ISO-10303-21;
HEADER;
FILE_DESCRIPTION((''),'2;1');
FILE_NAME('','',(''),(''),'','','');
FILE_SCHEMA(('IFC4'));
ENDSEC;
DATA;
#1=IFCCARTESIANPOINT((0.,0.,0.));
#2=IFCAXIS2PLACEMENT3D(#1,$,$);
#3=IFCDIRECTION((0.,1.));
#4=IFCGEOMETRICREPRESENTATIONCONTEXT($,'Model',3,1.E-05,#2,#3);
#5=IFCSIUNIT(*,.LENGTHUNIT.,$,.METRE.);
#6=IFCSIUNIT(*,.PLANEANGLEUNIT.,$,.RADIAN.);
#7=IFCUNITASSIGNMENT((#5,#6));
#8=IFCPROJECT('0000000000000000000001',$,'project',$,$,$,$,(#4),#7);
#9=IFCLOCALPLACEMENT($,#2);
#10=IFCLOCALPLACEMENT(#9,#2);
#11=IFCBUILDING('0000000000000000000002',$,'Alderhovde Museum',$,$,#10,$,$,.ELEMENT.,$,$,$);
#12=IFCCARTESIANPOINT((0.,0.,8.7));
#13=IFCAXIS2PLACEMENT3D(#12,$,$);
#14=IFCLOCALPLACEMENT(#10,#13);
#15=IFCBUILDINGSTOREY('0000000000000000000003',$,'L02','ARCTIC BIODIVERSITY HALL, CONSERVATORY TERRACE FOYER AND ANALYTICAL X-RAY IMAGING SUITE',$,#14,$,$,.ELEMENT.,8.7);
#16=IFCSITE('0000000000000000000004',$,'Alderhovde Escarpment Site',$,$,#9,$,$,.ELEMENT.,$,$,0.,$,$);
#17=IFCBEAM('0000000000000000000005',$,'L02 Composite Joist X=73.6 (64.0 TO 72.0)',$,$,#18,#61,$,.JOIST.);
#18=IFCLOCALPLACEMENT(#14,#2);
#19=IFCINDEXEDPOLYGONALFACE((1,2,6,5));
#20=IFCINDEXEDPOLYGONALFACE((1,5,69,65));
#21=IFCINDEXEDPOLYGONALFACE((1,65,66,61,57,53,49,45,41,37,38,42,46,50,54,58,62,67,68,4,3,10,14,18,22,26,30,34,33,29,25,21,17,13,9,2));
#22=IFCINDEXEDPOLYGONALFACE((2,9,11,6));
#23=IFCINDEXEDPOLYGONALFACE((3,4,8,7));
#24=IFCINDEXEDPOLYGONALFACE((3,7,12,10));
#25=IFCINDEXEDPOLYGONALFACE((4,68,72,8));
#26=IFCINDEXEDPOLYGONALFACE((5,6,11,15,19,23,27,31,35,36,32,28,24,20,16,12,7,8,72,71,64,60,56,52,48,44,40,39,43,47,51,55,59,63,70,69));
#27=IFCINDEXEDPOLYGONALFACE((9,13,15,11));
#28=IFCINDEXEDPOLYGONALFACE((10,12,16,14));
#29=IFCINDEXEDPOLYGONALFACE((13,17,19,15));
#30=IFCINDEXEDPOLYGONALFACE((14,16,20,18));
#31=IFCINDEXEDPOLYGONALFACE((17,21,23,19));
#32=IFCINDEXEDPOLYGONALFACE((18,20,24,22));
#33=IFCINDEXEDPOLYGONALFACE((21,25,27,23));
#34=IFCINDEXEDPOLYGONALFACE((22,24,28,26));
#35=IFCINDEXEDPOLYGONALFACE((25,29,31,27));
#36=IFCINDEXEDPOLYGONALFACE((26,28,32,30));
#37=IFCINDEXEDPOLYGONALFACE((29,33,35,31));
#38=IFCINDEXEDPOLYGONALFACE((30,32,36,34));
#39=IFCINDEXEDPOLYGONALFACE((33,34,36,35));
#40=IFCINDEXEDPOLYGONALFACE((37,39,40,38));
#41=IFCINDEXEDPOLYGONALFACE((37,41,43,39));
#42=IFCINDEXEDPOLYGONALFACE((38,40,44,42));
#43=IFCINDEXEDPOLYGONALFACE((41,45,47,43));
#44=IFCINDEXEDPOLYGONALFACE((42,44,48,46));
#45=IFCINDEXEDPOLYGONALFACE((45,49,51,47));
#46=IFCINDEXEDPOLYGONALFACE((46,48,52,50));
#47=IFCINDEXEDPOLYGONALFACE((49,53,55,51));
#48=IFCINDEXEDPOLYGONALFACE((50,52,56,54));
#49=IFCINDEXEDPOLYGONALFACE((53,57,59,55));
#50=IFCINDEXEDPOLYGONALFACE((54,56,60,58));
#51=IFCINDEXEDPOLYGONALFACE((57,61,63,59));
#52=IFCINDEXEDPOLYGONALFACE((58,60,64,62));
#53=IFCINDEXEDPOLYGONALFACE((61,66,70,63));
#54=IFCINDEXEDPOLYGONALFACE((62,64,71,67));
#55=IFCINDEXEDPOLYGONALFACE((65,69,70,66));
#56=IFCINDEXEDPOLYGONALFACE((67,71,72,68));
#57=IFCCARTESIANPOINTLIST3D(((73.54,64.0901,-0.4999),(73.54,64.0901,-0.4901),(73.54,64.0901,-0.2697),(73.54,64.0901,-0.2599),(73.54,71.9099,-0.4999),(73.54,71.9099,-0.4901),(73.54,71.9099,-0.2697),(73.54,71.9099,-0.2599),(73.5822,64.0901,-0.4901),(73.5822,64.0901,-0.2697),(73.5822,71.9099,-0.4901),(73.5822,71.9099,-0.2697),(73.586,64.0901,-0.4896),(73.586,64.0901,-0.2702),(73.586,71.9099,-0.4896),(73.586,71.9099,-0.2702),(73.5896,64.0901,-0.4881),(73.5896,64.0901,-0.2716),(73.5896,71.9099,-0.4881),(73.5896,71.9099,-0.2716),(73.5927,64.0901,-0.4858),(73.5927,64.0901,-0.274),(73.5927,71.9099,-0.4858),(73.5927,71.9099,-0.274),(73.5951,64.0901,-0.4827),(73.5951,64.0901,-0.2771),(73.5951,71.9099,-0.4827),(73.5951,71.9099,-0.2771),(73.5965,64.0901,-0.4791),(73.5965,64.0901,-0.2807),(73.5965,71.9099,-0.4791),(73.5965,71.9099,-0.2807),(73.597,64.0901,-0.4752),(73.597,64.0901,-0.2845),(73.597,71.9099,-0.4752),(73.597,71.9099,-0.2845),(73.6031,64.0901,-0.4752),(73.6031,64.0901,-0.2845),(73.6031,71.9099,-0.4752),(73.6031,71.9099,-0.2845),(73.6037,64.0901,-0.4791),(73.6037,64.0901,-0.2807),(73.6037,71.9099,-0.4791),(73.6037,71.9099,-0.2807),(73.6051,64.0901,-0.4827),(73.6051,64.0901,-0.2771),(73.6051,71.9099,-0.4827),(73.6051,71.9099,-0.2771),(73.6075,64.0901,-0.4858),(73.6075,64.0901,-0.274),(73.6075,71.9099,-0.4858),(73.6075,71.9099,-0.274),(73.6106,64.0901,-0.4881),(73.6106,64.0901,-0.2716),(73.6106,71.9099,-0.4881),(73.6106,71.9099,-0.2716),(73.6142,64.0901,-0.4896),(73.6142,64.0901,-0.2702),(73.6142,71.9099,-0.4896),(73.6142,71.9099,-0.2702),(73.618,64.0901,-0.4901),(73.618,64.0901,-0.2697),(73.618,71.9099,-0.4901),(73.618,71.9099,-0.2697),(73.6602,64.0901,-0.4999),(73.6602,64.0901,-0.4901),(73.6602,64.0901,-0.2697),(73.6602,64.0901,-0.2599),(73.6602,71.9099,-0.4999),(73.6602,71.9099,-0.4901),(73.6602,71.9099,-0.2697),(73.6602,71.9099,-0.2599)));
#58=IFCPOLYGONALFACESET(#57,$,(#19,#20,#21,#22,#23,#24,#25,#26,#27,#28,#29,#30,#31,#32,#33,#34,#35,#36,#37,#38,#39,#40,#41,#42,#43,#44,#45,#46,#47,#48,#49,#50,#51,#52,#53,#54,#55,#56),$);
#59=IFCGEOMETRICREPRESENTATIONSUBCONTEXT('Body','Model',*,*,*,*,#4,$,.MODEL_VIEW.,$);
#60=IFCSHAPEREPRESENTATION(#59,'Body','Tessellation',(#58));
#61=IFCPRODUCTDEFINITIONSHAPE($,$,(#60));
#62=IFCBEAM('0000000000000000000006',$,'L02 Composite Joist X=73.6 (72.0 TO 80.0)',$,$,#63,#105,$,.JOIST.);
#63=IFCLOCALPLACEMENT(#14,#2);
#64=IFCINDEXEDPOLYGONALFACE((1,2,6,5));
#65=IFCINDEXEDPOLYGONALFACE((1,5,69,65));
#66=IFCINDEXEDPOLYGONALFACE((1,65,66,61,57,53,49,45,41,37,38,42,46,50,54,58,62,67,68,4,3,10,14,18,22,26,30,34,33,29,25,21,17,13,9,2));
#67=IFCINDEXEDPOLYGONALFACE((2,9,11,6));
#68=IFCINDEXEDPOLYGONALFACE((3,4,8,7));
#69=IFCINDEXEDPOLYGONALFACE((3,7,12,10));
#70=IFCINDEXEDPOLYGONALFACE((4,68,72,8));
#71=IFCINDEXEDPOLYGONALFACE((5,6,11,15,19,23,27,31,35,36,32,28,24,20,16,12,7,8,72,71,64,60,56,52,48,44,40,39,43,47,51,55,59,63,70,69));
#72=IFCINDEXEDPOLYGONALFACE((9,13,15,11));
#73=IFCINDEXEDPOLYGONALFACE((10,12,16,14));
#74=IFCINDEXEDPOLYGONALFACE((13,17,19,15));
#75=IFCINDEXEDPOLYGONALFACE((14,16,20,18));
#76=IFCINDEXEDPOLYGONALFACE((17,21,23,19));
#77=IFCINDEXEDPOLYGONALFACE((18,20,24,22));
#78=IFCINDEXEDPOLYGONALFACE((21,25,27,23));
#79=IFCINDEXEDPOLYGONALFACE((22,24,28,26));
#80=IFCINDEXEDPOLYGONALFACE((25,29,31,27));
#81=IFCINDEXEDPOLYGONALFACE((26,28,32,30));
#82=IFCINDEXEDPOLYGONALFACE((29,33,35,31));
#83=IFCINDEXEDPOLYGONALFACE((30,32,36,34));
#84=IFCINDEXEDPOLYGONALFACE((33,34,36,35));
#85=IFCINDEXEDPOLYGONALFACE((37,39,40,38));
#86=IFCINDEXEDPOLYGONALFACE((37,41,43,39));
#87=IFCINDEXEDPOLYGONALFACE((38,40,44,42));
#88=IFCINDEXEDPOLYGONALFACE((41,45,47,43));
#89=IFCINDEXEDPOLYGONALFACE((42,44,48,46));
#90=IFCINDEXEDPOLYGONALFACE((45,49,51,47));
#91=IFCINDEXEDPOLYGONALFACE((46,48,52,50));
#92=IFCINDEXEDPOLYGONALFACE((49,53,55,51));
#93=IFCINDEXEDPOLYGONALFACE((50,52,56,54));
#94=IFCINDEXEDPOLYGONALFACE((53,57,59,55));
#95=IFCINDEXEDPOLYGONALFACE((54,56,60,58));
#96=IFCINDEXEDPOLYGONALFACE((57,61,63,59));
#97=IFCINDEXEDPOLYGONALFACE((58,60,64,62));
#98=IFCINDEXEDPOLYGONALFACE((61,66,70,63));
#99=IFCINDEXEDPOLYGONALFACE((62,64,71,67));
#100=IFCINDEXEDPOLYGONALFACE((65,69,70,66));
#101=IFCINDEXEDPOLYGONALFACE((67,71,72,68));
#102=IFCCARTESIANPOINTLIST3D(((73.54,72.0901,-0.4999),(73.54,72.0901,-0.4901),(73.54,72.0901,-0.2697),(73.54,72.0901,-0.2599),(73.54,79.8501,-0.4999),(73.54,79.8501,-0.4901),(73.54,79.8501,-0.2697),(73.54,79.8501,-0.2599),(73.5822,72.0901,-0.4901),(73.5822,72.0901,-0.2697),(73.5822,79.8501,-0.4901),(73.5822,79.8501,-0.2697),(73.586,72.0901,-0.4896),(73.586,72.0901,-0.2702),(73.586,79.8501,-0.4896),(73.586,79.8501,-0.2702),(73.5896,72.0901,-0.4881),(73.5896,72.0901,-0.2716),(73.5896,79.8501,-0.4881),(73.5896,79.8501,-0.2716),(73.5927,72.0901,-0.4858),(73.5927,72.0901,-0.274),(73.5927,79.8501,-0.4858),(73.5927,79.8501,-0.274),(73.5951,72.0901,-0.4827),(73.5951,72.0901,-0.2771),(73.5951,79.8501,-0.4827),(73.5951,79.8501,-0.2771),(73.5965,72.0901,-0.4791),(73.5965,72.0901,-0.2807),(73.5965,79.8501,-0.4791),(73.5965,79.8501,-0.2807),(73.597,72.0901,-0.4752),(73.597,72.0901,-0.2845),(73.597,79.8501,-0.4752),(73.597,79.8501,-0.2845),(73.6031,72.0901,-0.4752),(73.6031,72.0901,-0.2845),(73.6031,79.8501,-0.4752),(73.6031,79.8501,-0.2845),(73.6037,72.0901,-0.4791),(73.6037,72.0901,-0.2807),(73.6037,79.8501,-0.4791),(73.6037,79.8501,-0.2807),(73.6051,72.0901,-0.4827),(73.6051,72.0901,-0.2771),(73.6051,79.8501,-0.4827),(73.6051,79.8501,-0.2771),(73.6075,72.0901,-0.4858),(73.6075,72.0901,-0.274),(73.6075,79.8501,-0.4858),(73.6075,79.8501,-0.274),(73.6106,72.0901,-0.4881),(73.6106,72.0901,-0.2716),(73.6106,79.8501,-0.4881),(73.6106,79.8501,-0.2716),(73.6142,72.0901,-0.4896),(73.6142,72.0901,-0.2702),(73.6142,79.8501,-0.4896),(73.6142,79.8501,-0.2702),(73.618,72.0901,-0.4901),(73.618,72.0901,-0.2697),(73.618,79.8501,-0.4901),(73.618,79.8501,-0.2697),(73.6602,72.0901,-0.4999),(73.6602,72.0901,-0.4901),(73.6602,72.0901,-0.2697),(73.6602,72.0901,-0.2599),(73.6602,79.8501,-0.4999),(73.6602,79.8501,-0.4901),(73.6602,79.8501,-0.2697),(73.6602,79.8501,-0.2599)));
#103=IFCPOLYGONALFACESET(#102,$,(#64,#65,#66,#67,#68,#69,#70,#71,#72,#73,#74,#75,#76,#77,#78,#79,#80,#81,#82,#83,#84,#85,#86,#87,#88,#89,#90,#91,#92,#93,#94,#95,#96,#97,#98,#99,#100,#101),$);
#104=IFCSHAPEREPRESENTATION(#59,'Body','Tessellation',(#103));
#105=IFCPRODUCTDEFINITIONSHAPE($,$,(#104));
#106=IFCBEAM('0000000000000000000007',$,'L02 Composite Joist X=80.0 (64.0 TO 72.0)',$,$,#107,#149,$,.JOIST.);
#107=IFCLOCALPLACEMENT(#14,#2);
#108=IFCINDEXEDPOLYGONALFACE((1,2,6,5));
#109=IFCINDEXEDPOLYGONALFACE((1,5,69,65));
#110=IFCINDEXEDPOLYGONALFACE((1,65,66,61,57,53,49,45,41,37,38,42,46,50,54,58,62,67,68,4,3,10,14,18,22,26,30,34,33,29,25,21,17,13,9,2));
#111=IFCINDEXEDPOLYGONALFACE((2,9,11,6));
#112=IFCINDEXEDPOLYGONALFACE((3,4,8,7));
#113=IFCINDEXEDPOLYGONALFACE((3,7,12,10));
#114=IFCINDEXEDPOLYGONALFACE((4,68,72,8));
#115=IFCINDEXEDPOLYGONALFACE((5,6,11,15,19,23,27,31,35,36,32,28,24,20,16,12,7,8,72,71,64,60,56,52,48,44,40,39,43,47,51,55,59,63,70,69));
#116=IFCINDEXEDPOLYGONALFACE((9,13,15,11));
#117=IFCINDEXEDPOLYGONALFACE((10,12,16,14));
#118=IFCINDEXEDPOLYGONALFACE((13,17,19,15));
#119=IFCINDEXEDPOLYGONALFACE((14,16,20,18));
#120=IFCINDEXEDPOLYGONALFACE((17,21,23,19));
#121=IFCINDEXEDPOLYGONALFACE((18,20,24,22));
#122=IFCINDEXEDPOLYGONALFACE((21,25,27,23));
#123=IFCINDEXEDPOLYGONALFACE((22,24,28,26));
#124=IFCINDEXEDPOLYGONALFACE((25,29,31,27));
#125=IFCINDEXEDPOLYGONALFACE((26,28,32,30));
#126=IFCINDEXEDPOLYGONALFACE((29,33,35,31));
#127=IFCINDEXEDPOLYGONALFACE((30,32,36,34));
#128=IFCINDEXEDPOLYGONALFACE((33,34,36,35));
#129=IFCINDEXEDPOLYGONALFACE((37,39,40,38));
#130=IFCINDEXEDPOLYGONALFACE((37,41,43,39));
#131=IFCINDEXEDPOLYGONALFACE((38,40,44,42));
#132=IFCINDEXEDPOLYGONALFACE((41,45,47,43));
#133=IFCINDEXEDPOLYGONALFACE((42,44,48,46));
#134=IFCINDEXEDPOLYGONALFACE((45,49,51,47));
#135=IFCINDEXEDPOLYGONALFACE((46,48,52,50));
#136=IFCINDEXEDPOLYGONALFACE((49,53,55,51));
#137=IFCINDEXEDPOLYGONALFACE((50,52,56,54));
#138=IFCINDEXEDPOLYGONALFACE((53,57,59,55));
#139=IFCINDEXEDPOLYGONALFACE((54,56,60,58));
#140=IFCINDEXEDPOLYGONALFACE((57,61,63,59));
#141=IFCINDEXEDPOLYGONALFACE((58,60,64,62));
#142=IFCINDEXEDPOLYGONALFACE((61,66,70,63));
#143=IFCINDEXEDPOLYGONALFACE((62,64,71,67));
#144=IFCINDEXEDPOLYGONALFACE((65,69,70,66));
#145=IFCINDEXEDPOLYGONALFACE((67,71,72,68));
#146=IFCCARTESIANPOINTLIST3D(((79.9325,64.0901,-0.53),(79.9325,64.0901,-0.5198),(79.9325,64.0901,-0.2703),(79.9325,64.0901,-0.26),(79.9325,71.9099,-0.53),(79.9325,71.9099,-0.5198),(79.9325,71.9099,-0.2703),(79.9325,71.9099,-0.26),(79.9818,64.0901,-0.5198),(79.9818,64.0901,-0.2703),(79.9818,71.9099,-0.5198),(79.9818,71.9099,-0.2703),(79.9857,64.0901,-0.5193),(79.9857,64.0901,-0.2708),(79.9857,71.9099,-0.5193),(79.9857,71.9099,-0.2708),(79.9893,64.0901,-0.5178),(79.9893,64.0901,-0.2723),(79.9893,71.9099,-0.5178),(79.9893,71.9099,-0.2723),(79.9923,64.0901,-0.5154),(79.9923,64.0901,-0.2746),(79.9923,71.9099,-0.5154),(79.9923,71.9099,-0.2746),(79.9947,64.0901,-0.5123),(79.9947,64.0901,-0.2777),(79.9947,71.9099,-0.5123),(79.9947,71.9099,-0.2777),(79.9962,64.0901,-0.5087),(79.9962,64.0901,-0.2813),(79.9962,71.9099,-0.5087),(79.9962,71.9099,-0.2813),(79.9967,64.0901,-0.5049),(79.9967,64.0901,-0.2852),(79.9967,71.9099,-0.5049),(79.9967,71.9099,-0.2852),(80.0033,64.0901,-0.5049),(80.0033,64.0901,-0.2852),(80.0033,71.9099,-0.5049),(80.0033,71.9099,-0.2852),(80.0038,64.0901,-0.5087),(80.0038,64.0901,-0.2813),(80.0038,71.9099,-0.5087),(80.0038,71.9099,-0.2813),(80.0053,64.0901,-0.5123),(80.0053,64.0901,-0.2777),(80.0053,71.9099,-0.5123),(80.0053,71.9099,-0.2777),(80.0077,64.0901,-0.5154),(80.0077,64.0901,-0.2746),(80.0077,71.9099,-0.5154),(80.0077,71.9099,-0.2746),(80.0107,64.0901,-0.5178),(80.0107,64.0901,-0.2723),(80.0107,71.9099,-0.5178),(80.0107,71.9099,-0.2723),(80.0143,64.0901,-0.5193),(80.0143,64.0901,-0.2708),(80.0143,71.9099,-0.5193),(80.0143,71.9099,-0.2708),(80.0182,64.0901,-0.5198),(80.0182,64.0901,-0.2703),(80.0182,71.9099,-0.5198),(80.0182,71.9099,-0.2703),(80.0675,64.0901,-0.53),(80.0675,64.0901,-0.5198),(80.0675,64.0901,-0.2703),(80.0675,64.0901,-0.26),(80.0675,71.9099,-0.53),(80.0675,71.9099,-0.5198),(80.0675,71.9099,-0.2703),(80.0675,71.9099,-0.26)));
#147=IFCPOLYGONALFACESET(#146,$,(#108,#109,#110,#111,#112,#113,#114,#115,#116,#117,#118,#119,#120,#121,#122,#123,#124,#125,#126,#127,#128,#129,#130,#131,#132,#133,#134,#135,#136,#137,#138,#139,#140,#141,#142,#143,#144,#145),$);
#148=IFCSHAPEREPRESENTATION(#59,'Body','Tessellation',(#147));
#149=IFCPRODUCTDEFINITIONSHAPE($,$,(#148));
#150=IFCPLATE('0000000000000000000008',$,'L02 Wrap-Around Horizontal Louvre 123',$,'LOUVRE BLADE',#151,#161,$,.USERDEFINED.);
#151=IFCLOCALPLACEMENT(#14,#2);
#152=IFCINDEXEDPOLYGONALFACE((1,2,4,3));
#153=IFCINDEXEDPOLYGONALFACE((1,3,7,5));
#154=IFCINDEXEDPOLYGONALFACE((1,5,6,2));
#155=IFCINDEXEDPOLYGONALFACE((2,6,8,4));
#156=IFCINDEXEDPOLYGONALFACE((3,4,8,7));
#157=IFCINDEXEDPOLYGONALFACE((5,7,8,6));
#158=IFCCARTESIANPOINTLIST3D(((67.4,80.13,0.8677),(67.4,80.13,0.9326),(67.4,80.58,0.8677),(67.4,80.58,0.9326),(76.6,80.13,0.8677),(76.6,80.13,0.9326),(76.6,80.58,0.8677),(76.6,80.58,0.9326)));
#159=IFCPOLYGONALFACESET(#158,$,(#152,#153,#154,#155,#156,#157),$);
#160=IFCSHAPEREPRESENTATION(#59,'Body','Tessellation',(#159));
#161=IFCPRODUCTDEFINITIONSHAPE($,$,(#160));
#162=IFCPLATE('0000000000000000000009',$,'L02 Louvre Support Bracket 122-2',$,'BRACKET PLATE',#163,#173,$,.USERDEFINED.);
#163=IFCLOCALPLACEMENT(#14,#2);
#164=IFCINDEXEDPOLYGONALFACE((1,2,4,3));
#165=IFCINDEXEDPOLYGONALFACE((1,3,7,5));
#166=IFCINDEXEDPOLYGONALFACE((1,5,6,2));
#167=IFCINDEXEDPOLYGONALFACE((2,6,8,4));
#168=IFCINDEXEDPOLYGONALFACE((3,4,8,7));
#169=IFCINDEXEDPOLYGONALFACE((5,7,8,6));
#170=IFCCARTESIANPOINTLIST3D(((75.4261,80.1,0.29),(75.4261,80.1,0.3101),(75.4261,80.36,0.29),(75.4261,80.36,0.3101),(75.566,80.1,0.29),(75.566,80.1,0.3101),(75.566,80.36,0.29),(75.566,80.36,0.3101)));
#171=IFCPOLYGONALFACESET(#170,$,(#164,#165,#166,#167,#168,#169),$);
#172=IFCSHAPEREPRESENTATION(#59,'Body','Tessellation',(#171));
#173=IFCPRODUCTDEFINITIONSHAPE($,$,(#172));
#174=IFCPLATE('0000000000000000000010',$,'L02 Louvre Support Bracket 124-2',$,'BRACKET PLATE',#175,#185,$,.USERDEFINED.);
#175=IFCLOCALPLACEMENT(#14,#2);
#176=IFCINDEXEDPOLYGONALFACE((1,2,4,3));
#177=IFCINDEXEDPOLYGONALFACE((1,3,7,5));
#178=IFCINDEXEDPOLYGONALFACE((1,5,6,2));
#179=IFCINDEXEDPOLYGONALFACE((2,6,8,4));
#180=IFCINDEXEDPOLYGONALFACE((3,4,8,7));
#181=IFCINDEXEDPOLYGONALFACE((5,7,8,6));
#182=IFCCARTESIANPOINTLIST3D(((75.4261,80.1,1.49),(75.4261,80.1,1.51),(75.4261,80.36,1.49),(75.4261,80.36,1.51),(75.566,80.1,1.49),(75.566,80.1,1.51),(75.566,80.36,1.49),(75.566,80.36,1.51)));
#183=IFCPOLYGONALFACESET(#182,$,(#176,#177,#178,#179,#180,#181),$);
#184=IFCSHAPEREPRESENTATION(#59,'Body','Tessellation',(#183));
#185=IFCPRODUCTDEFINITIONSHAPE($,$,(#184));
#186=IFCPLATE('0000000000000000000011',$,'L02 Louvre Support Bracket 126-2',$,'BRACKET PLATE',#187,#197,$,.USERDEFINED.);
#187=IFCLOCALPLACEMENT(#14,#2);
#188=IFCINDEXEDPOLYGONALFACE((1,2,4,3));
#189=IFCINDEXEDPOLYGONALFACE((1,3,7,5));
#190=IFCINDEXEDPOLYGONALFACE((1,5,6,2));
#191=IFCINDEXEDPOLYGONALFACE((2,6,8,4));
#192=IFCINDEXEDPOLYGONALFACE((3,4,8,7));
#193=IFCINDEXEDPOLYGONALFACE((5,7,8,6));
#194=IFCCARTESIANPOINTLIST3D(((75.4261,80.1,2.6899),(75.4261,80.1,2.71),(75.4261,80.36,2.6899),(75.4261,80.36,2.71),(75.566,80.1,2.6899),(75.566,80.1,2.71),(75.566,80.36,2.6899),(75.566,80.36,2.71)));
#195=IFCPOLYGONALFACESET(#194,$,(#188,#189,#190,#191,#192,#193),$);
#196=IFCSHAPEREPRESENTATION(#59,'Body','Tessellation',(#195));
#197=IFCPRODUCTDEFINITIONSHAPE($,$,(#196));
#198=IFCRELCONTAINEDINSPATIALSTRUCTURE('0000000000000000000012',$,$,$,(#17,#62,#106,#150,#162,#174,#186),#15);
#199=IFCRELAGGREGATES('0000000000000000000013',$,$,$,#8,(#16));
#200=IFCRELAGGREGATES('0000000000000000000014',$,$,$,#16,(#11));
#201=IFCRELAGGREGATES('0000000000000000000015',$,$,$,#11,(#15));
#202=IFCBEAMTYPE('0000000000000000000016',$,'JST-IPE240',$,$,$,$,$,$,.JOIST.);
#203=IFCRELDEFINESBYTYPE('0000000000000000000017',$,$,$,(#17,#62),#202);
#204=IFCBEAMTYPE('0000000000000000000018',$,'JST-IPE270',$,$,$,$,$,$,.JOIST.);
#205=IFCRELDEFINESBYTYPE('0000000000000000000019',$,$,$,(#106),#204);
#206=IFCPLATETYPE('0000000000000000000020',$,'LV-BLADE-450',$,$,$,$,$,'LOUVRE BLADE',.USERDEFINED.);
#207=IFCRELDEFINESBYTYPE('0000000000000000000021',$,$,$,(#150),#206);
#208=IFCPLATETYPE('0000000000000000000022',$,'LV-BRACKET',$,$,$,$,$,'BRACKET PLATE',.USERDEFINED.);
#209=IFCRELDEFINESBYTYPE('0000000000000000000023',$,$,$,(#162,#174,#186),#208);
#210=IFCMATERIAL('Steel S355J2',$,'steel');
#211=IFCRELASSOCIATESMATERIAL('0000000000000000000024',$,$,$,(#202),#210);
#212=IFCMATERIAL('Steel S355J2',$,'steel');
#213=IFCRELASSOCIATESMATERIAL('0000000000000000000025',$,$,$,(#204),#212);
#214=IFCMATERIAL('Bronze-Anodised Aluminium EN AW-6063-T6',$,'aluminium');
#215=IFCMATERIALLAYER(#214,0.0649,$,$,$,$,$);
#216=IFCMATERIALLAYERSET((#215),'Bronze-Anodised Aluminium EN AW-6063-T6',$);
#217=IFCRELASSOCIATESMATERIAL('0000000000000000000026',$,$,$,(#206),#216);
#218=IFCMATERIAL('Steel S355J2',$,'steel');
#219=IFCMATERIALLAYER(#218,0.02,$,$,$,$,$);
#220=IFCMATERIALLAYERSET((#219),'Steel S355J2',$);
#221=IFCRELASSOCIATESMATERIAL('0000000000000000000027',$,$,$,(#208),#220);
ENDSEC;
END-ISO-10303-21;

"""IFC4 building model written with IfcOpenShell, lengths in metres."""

from ifc_helpers import new_model, si_unit, direction, frame, origin, origin_2d, place, context, subcontext, project, spatial, rectangle, i_section, extrude, material, layer, layer_set, material_profile, profile_set, type_object, element, save


model = new_model("IFC4")

# Units and contexts
model_context = context("Model", 3, precision=1e-05, world=origin(), true_north=direction((0.0, 1.0)))
body_context = subcontext(model_context, "Body", "Model", "MODEL_VIEW")
ifc_project = project(units=[si_unit("LENGTHUNIT", "METRE"), si_unit("PLANEANGLEUNIT", "RADIAN")], contexts=[model_context])

# Site, building, storey
site_placement = place(None, origin())
site = spatial("IfcSite", under=ifc_project, at=site_placement, Name="Alderhovde Escarpment Site", CompositionType="ELEMENT", RefElevation=0.0)
building_placement = place(site_placement, origin())
building = spatial("IfcBuilding", under=site, at=building_placement, Name="Alderhovde Museum", CompositionType="ELEMENT")
storey_placement = place(building_placement, frame((0.0, 0.0, 8.7)))
storey = spatial("IfcBuildingStorey", under=building, at=storey_placement, Name="L02", Description="ARCTIC BIODIVERSITY HALL, CONSERVATORY TERRACE FOYER AND ANALYTICAL X-RAY IMAGING SUITE", CompositionType="ELEMENT", Elevation=8.7)

# Beams
ifc_material_1 = material(Name="Steel S355J2", Category="steel")
ifc_material_profile_1 = material_profile(ifc_material_1, i_section(OverallWidth=0.1201, OverallDepth=0.24, WebThickness=0.0061, FlangeThickness=0.0098, FilletRadius=0.0149, at=origin_2d()), Name="IPE 240")
ifc_profile_set_1 = profile_set([ifc_material_profile_1], Name="Steel S355J2")
beam_type_1 = type_object("IfcBeamType", Name="JST-IPE240", PredefinedType="JOIST", material=ifc_profile_set_1)
beam_1_placement = place(storey_placement, frame((73.6001, 64.0901, -0.3799), z_axis=(0.0, 1.0, 0.0), x_axis=(-1.0, 0.0, 0.0)))
element("IfcBeam", 1, at=beam_1_placement, inside=storey, type_object=beam_type_1, Name="L02 Composite Joist X=73.6 (64.0 TO 72.0)", PredefinedType="JOIST", context=body_context, shape_type="SweptSolid", body=[
    extrude(i_section(OverallWidth=0.1201, OverallDepth=0.24, WebThickness=0.0061, FlangeThickness=0.0098, FilletRadius=0.0149, at=origin_2d()), origin(), (0.0, 0.0, 1.0), 7.8198),
])
beam_2_placement = place(storey_placement, frame((73.6001, 72.0901, -0.3799), z_axis=(0.0, 1.0, 0.0), x_axis=(-1.0, 0.0, 0.0)))
element("IfcBeam", 2, at=beam_2_placement, inside=storey, type_object=beam_type_1, Name="L02 Composite Joist X=73.6 (72.0 TO 80.0)", PredefinedType="JOIST", context=body_context, shape_type="SweptSolid", body=[
    extrude(i_section(OverallWidth=0.1201, OverallDepth=0.24, WebThickness=0.0061, FlangeThickness=0.0098, FilletRadius=0.0149, at=origin_2d()), origin(), (0.0, 0.0, 1.0), 7.76),
])
ifc_material_2 = material(Name="Steel S355J2", Category="steel")
ifc_material_profile_2 = material_profile(ifc_material_2, i_section(OverallWidth=0.135, OverallDepth=0.27, WebThickness=0.0066, FlangeThickness=0.0103, FilletRadius=0.0149, at=origin_2d()), Name="IPE 270")
ifc_profile_set_2 = profile_set([ifc_material_profile_2], Name="Steel S355J2")
beam_type_2 = type_object("IfcBeamType", Name="JST-IPE270", PredefinedType="JOIST", material=ifc_profile_set_2)
beam_3_placement = place(storey_placement, frame((80.0, 64.0901, -0.395), z_axis=(0.0, 1.0, 0.0), x_axis=(-1.0, 0.0, 0.0)))
element("IfcBeam", 3, at=beam_3_placement, inside=storey, type_object=beam_type_2, Name="L02 Composite Joist X=80.0 (64.0 TO 72.0)", PredefinedType="JOIST", context=body_context, shape_type="SweptSolid", body=[
    extrude(i_section(OverallWidth=0.135, OverallDepth=0.27, WebThickness=0.0066, FlangeThickness=0.0103, FilletRadius=0.0149, at=origin_2d()), origin(), (0.0, 0.0, 1.0), 7.8198),
])

# Plates
ifc_material_3 = material(Name="Bronze-Anodised Aluminium EN AW-6063-T6", Category="aluminium")
ifc_layer_1 = layer(ifc_material_3, 0.0649)
ifc_layer_set_1 = layer_set([ifc_layer_1], Name="Bronze-Anodised Aluminium EN AW-6063-T6")
plate_type_1 = type_object("IfcPlateType", Name="LV-BLADE-450", ElementType="LOUVRE BLADE", PredefinedType="USERDEFINED", material=ifc_layer_set_1)
plate_placement = place(storey_placement, frame((72.0, 80.355, 0.8677), z_axis=(0.0, 0.0, 1.0), x_axis=(1.0, 0.0, 0.0)))
element("IfcPlate", 4, at=plate_placement, inside=storey, type_object=plate_type_1, Name="L02 Wrap-Around Horizontal Louvre 123", ObjectType="LOUVRE BLADE", PredefinedType="USERDEFINED", context=body_context, shape_type="SweptSolid", body=[
    extrude(rectangle(XDim=9.2, YDim=0.45, at=origin_2d()), origin(), (0.0, 0.0, 1.0), 0.0649),
])
ifc_material_4 = material(Name="Steel S355J2", Category="steel")
ifc_layer_2 = layer(ifc_material_4, 0.02)
ifc_layer_set_2 = layer_set([ifc_layer_2], Name="Steel S355J2")
plate_type_2 = type_object("IfcPlateType", Name="LV-BRACKET", ElementType="BRACKET PLATE", PredefinedType="USERDEFINED", material=ifc_layer_set_2)
for number, where, z_axis, x_axis, name in (
    (5, (75.4961, 80.23, 0.29), (0.0, 0.0, 1.0), (1.0, 0.0, 0.0), "L02 Louvre Support Bracket 122-2"),
    (6, (75.4961, 80.23, 1.49), (0.0, 0.0, 1.0), (1.0, 0.0, 0.0), "L02 Louvre Support Bracket 124-2"),
    (7, (75.4961, 80.23, 2.6899), (0.0, 0.0, 1.0), (1.0, 0.0, 0.0), "L02 Louvre Support Bracket 126-2"),
):
    element("IfcPlate", number, at=place(storey_placement, frame(where, z_axis=z_axis, x_axis=x_axis)), inside=storey, type_object=plate_type_2, Name=name, ObjectType="BRACKET PLATE", PredefinedType="USERDEFINED", context=body_context, shape_type="SweptSolid", body=[
        extrude(rectangle(XDim=0.1399, YDim=0.26, at=origin_2d()), origin(), (0.0, 0.0, 1.0), 0.02),
    ])

save(model, "model.ifc")
